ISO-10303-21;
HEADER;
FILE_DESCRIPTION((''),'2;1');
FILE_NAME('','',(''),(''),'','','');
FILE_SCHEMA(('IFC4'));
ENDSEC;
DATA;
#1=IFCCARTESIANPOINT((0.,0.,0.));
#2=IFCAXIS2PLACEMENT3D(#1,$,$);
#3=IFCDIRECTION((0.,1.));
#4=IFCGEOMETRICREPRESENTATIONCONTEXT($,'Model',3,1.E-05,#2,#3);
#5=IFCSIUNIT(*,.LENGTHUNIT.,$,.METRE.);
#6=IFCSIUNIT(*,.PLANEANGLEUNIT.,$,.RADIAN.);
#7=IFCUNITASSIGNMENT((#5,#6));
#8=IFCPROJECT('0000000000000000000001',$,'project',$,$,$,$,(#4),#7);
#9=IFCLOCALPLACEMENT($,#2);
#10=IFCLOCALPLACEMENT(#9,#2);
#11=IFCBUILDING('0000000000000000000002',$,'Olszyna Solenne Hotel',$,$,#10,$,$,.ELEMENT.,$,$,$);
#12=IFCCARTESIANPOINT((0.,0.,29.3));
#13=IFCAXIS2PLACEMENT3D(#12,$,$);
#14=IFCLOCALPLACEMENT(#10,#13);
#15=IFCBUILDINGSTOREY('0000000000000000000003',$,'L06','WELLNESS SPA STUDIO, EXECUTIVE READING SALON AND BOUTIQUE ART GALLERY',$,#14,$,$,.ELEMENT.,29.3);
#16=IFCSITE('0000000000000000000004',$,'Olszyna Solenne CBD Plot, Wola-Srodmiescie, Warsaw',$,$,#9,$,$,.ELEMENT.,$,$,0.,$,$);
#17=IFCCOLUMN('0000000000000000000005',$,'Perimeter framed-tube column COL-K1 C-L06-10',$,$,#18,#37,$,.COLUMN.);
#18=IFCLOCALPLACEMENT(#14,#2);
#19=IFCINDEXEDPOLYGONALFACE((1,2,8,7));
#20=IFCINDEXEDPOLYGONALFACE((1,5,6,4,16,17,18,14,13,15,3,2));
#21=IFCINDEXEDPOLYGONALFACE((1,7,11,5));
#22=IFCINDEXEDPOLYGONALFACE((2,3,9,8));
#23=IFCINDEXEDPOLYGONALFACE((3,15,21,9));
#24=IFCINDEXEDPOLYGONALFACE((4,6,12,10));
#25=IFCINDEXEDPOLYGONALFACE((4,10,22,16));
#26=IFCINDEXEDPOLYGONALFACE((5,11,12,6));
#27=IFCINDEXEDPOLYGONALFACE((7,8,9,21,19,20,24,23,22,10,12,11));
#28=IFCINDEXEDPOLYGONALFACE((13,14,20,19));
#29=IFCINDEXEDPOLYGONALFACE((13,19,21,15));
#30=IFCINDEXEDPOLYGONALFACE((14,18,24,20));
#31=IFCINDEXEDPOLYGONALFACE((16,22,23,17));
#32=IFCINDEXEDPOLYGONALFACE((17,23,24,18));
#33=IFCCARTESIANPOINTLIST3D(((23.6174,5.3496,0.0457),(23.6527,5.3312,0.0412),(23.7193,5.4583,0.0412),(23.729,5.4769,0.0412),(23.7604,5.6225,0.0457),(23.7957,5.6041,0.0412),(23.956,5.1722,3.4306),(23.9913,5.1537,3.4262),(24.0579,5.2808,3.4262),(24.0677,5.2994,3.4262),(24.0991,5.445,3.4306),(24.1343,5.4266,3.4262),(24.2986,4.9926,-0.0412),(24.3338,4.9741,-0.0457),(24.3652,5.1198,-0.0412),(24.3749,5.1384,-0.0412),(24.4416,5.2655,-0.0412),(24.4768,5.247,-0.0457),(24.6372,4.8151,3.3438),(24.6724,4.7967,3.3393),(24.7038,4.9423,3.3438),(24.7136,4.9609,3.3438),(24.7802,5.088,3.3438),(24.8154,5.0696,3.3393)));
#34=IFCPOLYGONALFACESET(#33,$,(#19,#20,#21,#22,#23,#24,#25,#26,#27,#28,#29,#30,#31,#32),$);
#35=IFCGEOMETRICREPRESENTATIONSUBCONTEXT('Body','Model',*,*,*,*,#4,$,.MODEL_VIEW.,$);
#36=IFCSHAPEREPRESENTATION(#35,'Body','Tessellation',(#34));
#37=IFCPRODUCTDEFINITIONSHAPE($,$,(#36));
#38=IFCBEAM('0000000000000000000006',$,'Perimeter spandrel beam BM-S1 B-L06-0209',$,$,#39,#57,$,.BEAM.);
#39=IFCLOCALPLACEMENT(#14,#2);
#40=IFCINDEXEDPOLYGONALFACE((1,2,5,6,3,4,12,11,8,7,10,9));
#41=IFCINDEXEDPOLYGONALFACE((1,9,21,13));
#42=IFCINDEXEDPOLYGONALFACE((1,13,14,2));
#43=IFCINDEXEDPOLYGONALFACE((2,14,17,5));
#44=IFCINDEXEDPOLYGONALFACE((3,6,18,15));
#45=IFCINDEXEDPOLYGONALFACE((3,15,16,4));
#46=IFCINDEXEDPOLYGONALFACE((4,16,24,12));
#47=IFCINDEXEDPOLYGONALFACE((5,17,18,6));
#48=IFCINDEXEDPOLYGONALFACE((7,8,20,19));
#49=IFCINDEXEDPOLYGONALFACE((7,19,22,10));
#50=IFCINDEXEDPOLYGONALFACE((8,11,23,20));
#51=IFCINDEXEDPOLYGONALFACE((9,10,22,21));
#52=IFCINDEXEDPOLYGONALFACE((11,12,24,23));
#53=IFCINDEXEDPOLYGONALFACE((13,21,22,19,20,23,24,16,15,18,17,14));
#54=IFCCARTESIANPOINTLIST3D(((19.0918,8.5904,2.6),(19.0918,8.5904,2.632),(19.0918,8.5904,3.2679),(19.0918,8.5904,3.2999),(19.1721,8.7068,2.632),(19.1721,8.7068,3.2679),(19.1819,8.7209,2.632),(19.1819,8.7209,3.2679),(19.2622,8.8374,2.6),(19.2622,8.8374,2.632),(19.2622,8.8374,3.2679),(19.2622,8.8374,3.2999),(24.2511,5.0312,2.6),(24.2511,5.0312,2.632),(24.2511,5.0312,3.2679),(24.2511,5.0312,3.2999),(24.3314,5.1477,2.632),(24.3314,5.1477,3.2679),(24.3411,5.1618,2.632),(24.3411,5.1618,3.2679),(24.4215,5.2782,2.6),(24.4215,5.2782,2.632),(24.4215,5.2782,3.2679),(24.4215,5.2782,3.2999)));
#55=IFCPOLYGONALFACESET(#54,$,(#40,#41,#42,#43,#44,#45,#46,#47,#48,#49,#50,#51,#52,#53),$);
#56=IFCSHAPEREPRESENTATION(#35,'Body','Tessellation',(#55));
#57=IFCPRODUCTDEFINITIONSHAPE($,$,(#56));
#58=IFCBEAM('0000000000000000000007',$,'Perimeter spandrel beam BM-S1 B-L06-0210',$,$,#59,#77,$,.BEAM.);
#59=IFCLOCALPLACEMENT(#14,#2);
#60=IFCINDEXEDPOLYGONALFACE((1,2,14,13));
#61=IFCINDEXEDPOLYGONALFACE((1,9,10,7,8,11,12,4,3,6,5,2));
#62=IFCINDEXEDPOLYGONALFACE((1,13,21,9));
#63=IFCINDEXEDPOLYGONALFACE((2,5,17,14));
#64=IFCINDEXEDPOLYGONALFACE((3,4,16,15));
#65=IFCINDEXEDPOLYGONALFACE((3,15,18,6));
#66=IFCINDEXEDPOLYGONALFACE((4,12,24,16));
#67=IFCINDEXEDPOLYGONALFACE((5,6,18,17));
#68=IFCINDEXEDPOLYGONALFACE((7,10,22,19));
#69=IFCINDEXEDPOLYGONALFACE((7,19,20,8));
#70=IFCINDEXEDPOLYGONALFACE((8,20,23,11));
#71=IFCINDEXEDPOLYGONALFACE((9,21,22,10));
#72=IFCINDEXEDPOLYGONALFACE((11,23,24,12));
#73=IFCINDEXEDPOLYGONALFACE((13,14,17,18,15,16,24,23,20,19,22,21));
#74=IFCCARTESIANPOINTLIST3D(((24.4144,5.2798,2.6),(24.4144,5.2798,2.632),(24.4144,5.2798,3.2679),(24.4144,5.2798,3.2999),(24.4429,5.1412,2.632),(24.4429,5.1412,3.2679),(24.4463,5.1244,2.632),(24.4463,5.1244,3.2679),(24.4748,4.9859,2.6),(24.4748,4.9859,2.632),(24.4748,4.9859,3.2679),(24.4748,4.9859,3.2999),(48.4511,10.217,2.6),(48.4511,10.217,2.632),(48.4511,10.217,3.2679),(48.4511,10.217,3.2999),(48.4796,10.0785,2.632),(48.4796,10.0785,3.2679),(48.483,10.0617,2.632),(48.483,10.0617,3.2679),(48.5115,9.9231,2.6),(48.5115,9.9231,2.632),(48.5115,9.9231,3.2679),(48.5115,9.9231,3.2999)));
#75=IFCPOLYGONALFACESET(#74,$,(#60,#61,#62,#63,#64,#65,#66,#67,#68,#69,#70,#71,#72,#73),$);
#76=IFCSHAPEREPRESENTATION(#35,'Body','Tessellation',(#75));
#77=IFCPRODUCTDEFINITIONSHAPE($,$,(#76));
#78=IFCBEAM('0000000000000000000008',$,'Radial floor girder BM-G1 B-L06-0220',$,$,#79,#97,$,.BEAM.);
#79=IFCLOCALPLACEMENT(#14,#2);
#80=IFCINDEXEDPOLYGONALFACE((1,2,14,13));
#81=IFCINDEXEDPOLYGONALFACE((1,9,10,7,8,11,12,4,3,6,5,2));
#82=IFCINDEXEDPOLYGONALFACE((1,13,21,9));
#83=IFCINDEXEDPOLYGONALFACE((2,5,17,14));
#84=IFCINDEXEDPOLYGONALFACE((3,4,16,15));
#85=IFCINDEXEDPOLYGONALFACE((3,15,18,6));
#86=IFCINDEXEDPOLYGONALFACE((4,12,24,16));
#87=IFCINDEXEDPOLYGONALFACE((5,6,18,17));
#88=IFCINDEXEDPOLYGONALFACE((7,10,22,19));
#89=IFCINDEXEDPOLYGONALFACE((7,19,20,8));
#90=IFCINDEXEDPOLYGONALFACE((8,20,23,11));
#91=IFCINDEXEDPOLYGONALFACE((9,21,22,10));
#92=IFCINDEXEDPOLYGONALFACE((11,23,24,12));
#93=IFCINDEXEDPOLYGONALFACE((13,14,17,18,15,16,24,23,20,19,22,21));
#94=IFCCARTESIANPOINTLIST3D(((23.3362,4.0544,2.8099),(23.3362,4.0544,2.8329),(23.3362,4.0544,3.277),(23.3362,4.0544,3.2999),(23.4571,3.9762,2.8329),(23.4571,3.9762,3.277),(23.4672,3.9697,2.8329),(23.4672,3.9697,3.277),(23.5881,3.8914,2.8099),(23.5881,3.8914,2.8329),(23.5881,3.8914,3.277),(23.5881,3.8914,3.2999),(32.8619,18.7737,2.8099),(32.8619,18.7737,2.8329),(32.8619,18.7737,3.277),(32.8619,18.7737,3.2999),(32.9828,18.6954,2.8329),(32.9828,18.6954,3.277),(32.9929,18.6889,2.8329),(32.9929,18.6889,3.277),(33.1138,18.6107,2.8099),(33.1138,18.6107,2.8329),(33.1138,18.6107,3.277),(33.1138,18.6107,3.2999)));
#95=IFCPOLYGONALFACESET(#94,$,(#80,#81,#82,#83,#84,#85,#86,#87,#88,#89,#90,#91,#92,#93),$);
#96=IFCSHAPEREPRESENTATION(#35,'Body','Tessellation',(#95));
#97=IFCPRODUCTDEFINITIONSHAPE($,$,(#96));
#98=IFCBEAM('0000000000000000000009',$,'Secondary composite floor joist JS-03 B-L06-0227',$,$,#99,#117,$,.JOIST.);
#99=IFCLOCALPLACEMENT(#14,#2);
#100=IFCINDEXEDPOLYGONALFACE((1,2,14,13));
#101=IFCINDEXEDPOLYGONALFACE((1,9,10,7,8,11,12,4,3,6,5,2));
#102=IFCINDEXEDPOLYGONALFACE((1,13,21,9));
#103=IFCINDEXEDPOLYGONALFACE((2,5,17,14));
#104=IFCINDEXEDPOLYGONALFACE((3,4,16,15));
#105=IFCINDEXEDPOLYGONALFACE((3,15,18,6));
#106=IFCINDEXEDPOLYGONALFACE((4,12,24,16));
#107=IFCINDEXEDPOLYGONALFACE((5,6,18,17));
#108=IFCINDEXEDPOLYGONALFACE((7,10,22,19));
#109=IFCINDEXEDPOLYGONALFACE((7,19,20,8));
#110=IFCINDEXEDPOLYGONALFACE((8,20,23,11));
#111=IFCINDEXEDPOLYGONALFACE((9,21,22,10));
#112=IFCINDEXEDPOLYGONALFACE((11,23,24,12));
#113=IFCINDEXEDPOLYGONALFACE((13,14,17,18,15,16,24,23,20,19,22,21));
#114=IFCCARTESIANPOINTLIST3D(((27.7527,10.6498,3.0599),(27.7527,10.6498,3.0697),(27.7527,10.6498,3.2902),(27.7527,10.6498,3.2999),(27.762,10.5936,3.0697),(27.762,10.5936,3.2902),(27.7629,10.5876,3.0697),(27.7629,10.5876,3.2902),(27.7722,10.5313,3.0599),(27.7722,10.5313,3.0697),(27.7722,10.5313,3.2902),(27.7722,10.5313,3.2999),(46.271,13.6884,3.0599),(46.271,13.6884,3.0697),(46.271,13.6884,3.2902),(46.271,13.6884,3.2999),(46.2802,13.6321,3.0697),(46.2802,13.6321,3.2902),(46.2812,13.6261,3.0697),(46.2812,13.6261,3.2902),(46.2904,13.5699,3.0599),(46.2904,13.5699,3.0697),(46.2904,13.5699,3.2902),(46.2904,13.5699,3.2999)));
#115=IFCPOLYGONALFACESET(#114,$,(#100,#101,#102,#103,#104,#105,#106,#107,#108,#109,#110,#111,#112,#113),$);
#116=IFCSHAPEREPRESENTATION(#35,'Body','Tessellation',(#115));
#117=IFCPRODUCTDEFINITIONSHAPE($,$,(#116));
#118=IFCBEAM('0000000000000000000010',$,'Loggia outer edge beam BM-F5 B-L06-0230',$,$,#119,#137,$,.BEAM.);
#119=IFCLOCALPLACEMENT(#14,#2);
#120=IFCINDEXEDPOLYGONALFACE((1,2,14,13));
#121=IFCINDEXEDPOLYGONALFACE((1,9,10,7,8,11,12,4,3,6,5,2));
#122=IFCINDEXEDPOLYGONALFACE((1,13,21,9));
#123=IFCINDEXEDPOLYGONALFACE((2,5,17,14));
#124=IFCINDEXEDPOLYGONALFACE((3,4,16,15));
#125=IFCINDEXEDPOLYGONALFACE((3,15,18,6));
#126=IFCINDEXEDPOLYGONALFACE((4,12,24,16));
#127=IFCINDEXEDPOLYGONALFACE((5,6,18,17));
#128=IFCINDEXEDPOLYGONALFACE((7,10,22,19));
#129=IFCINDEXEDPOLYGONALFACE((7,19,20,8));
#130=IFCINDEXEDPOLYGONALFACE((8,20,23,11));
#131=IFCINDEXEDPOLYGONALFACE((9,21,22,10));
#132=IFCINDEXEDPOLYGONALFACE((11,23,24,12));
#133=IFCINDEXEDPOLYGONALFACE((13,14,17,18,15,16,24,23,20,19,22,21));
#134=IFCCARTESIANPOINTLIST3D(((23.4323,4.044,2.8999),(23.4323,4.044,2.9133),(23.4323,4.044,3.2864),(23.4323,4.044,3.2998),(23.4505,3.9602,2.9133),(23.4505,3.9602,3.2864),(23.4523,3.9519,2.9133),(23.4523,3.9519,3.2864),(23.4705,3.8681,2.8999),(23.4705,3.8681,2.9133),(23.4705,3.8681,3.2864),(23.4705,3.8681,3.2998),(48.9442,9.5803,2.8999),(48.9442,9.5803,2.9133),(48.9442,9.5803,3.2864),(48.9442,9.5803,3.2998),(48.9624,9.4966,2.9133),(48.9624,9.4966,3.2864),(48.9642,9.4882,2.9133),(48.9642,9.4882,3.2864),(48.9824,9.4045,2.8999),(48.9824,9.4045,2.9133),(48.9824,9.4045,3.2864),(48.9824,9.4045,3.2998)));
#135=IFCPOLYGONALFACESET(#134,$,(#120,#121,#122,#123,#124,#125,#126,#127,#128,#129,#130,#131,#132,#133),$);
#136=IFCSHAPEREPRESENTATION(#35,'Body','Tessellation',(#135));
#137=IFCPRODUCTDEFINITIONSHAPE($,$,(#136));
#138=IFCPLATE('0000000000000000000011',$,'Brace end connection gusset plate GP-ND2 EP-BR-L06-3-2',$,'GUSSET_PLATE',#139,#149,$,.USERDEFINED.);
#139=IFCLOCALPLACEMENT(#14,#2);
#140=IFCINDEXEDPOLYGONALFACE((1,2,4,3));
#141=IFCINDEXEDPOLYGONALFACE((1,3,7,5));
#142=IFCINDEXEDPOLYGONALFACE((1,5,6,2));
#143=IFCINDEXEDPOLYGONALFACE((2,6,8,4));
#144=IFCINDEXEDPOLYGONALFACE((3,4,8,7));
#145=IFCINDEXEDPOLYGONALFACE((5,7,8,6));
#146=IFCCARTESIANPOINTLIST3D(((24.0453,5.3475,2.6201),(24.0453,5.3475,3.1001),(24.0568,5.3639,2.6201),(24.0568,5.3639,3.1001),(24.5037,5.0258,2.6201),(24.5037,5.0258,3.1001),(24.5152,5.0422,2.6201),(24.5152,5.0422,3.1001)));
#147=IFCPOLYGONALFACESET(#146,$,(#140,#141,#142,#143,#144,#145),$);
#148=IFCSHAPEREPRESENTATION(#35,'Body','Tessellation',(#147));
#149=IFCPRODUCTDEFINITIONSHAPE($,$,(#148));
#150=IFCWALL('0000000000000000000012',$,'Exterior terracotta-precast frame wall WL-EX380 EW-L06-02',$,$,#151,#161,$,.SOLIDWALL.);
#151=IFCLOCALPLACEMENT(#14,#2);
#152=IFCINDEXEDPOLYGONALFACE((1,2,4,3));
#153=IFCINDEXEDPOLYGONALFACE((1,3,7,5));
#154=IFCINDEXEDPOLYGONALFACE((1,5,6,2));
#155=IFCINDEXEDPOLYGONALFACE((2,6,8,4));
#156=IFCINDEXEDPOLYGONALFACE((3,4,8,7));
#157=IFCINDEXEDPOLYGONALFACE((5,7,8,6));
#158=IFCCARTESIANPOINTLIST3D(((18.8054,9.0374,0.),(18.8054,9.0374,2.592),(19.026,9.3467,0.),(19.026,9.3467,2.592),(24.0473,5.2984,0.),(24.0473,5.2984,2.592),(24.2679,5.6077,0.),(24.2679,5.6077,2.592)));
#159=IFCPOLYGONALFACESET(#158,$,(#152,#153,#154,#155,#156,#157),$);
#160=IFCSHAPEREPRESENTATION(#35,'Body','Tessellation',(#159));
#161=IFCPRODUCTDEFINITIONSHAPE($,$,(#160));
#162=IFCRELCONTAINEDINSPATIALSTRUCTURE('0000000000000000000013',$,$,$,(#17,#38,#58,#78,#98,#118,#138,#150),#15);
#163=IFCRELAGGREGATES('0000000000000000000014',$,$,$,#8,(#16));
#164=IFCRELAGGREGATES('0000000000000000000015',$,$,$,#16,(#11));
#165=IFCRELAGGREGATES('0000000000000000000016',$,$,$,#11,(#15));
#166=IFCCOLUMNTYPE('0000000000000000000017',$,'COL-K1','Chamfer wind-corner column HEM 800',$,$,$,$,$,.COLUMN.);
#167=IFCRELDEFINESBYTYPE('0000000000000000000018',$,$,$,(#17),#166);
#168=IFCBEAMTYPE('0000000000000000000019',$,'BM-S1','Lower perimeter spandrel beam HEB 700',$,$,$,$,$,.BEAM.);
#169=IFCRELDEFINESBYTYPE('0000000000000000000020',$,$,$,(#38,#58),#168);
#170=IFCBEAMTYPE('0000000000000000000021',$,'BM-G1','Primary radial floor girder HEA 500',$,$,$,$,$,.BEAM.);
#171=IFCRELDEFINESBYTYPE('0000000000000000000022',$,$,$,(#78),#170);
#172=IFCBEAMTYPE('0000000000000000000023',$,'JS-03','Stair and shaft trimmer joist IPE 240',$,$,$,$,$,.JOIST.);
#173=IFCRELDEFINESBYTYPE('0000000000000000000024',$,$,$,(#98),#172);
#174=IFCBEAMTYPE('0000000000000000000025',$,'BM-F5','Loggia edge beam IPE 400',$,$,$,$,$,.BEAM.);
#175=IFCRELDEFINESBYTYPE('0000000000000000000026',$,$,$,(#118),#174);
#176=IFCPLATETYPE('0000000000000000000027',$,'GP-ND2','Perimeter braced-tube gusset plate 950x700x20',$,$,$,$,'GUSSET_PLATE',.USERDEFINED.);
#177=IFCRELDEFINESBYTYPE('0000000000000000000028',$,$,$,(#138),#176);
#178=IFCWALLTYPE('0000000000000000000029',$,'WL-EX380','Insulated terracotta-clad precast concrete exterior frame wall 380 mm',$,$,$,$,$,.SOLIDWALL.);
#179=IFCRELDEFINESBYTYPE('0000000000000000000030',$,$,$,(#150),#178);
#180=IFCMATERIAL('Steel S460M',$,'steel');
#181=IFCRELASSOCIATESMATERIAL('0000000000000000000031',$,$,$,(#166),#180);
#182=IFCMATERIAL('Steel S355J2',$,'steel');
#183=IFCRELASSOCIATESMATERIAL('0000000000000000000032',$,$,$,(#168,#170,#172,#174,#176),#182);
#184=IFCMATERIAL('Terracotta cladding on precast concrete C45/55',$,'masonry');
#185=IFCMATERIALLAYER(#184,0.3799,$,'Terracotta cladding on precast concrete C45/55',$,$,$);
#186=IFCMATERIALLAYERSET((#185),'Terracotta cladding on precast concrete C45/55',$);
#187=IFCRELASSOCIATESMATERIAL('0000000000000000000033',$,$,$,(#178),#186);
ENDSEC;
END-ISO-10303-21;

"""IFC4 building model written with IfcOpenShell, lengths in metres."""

from ifc_helpers import new_model, si_unit, direction, frame, frame_2d, origin, origin_2d, place, context, subcontext, project, spatial, rectangle, i_section, extrude, source, transform, mapped, material, layer, layer_set, material_profile, profile_set, type_object, element, save


model = new_model("IFC4")

# Units and contexts
model_context = context("Model", 3, precision=1e-05, world=origin(), true_north=direction((0.0, 1.0)))
body_context = subcontext(model_context, "Body", "Model", "MODEL_VIEW")
ifc_project = project(units=[si_unit("LENGTHUNIT", "METRE"), si_unit("PLANEANGLEUNIT", "RADIAN")], contexts=[model_context])

# Site, building, storey
site_placement = place(None, origin())
site = spatial("IfcSite", under=ifc_project, at=site_placement, Name="Olszyna Solenne CBD Plot, Wola-Srodmiescie, Warsaw", CompositionType="ELEMENT", RefElevation=0.0)
building_placement = place(site_placement, origin())
building = spatial("IfcBuilding", under=site, at=building_placement, Name="Olszyna Solenne Hotel", CompositionType="ELEMENT")
storey_placement = place(building_placement, frame((0.0, 0.0, 29.3)))
storey = spatial("IfcBuildingStorey", under=building, at=storey_placement, Name="L06", Description="WELLNESS SPA STUDIO, EXECUTIVE READING SALON AND BOUTIQUE ART GALLERY", CompositionType="ELEMENT", Elevation=29.3)

# Column
ifc_material_1 = material(Name="Steel S460M", Category="steel")
ifc_material_profile_1 = material_profile(ifc_material_1, i_section(OverallWidth=0.3081, OverallDepth=0.814, WebThickness=0.021, FlangeThickness=0.04, at=origin_2d()), Name="HEM 800", Category="load-bearing")
ifc_profile_set_1 = profile_set([ifc_material_profile_1], Name="Steel S460M")
column_type = type_object("IfcColumnType", Name="COL-K1", Description="Chamfer wind-corner column HEM 800", PredefinedType="COLUMN", material=ifc_profile_set_1)
shared_shape_1 = source(origin(), body_context, "Body", "SweptSolid", [
    extrude(i_section(OverallWidth=0.3081, OverallDepth=0.814, WebThickness=0.021, FlangeThickness=0.04, at=origin_2d()), origin(), (0.0, 0.0, 1.0), 3.4065),
])
column_placement = place(storey_placement, frame((24.0471, 5.2983, 0.0), z_axis=(0.099404, -0.052103, 0.993682), x_axis=(0.464246, 0.885707, 0.0)))
element("IfcColumn", 1, at=column_placement, inside=storey, type_object=column_type, Name="Perimeter framed-tube column COL-K1 C-L06-10", PredefinedType="COLUMN", context=body_context, shape_type="MappedRepresentation", body=[
    mapped(shared_shape_1, transform((0.0, 0.0, 0.0), x_axis=(1.0, 0.0, 0.0), y_axis=(0.0, 1.0, 0.0), z_axis=(0.0, 0.0, 1.0), scale=1.0)),
])

# Beams
ifc_material_2 = material(Name="Steel S355J2", Category="steel")
ifc_material_profile_2 = material_profile(ifc_material_2, i_section(OverallWidth=0.3, OverallDepth=0.7, WebThickness=0.0171, FlangeThickness=0.032, at=origin_2d()), Name="HEB 700", Category="load-bearing")
ifc_profile_set_2 = profile_set([ifc_material_profile_2], Name="Steel S355J2")
beam_type_1 = type_object("IfcBeamType", Name="BM-S1", Description="Lower perimeter spandrel beam HEB 700", PredefinedType="BEAM", material=ifc_profile_set_2)
shared_shape_2 = source(origin(), body_context, "Body", "SweptSolid", [
    extrude(i_section(OverallWidth=0.3, OverallDepth=0.7, WebThickness=0.0171, FlangeThickness=0.032, at=origin_2d()), origin(), (0.0, 0.0, 1.0), 6.2678),
])
beam_1_placement = place(storey_placement, frame((19.177, 8.7139, 2.95), z_axis=(0.823136, -0.567844, 0.0), x_axis=(0.567844, 0.823136, 0.0)))
element("IfcBeam", 2, at=beam_1_placement, inside=storey, type_object=beam_type_1, Name="Perimeter spandrel beam BM-S1 B-L06-0209", PredefinedType="BEAM", context=body_context, shape_type="MappedRepresentation", body=[
    mapped(shared_shape_2, transform((0.0, 0.0, 0.0), x_axis=(1.0, 0.0, 0.0), y_axis=(0.0, 1.0, 0.0), z_axis=(0.0, 0.0, 1.0), scale=1.0)),
])
shared_shape_3 = source(origin(), body_context, "Body", "SweptSolid", [
    extrude(i_section(OverallWidth=0.3, OverallDepth=0.7, WebThickness=0.0171, FlangeThickness=0.032, at=origin_2d()), origin(), (0.0, 0.0, 1.0), 24.5386),
])
beam_2_placement = place(storey_placement, frame((24.4446, 5.1328, 2.95), z_axis=(0.979549, 0.201205, 0.0), x_axis=(-0.201205, 0.979549, 0.0)))
element("IfcBeam", 3, at=beam_2_placement, inside=storey, type_object=beam_type_1, Name="Perimeter spandrel beam BM-S1 B-L06-0210", PredefinedType="BEAM", context=body_context, shape_type="MappedRepresentation", body=[
    mapped(shared_shape_3, transform((0.0, 0.0, 0.0), x_axis=(1.0, 0.0, 0.0), y_axis=(0.0, 1.0, 0.0), z_axis=(0.0, 0.0, 1.0), scale=1.0)),
])
ifc_material_profile_3 = material_profile(ifc_material_2, i_section(OverallWidth=0.3, OverallDepth=0.49, WebThickness=0.012, FlangeThickness=0.0229, at=origin_2d()), Name="HEA 500", Category="load-bearing")
ifc_profile_set_3 = profile_set([ifc_material_profile_3], Name="Steel S355J2")
beam_type_2 = type_object("IfcBeamType", Name="BM-G1", Description="Primary radial floor girder HEA 500", PredefinedType="BEAM", material=ifc_profile_set_3)
shared_shape_4 = source(origin(), body_context, "Body", "SweptSolid", [
    extrude(i_section(OverallWidth=0.3, OverallDepth=0.49, WebThickness=0.012, FlangeThickness=0.0229, at=origin_2d()), origin(), (0.0, 0.0, 1.0), 17.5327),
])
beam_3_placement = place(storey_placement, frame((23.4622, 3.9729, 3.0549), z_axis=(0.543308, 0.839533, 0.0), x_axis=(-0.839533, 0.543308, 0.0)))
element("IfcBeam", 4, at=beam_3_placement, inside=storey, type_object=beam_type_2, Name="Radial floor girder BM-G1 B-L06-0220", PredefinedType="BEAM", context=body_context, shape_type="MappedRepresentation", body=[
    mapped(shared_shape_4, transform((0.0, 0.0, 0.0), x_axis=(1.0, 0.0, 0.0), y_axis=(0.0, 1.0, 0.0), z_axis=(0.0, 0.0, 1.0), scale=1.0)),
])
ifc_material_profile_4 = material_profile(ifc_material_2, i_section(OverallWidth=0.1201, OverallDepth=0.24, WebThickness=0.0061, FlangeThickness=0.0098, at=origin_2d()), Name="IPE 240", Category="load-bearing")
ifc_profile_set_4 = profile_set([ifc_material_profile_4], Name="Steel S355J2")
beam_type_3 = type_object("IfcBeamType", Name="JS-03", Description="Stair and shaft trimmer joist IPE 240", PredefinedType="JOIST", material=ifc_profile_set_4)
shared_shape_5 = source(origin(), body_context, "Body", "SweptSolid", [
    extrude(i_section(OverallWidth=0.1201, OverallDepth=0.24, WebThickness=0.0061, FlangeThickness=0.0098, at=origin_2d()), origin(), (0.0, 0.0, 1.0), 18.7659),
])
beam_4_placement = place(storey_placement, frame((27.7625, 10.5906, 3.1799), z_axis=(0.986804, 0.16192, 0.0), x_axis=(-0.16192, 0.986804, 0.0)))
element("IfcBeam", 5, at=beam_4_placement, inside=storey, type_object=beam_type_3, Name="Secondary composite floor joist JS-03 B-L06-0227", PredefinedType="JOIST", context=body_context, shape_type="MappedRepresentation", body=[
    mapped(shared_shape_5, transform((0.0, 0.0, 0.0), x_axis=(1.0, 0.0, 0.0), y_axis=(0.0, 1.0, 0.0), z_axis=(0.0, 0.0, 1.0), scale=1.0)),
])
ifc_material_profile_5 = material_profile(ifc_material_2, i_section(OverallWidth=0.1799, OverallDepth=0.3999, WebThickness=0.0085, FlangeThickness=0.0134, at=origin_2d()), Name="IPE 400", Category="load-bearing")
ifc_profile_set_5 = profile_set([ifc_material_profile_5], Name="Steel S355J2")
beam_type_4 = type_object("IfcBeamType", Name="BM-F5", Description="Loggia edge beam IPE 400", PredefinedType="BEAM", material=ifc_profile_set_5)
shared_shape_6 = source(origin(), body_context, "Body", "SweptSolid", [
    extrude(i_section(OverallWidth=0.1799, OverallDepth=0.3999, WebThickness=0.0085, FlangeThickness=0.0134, at=origin_2d()), origin(), (0.0, 0.0, 1.0), 26.1057),
])
beam_5_placement = place(storey_placement, frame((23.4514, 3.9561, 3.0999), z_axis=(0.977253, 0.212075, 0.0), x_axis=(-0.212075, 0.977253, 0.0)))
element("IfcBeam", 6, at=beam_5_placement, inside=storey, type_object=beam_type_4, Name="Loggia outer edge beam BM-F5 B-L06-0230", PredefinedType="BEAM", context=body_context, shape_type="MappedRepresentation", body=[
    mapped(shared_shape_6, transform((0.0, 0.0, 0.0), x_axis=(1.0, 0.0, 0.0), y_axis=(0.0, 1.0, 0.0), z_axis=(0.0, 0.0, 1.0), scale=1.0)),
])

# Plate
plate_type = type_object("IfcPlateType", Name="GP-ND2", Description="Perimeter braced-tube gusset plate 950x700x20", ElementType="GUSSET_PLATE", PredefinedType="USERDEFINED", material=ifc_material_2)
shared_shape_7 = source(origin(), body_context, "Body", "SweptSolid", [
    extrude(rectangle(XDim=0.5601, YDim=0.02, at=origin_2d()), origin(), (0.0, 0.0, 1.0), 0.48),
])
plate_placement = place(storey_placement, frame((24.2803, 5.1948, 2.6201), z_axis=(0.0, 0.0, 1.0), x_axis=(0.818551, -0.574434, 0.0)))
element("IfcPlate", 7, at=plate_placement, inside=storey, type_object=plate_type, Name="Brace end connection gusset plate GP-ND2 EP-BR-L06-3-2", ObjectType="GUSSET_PLATE", PredefinedType="USERDEFINED", context=body_context, shape_type="MappedRepresentation", body=[
    mapped(shared_shape_7, transform((0.0, 0.0, 0.0), x_axis=(1.0, 0.0, 0.0), y_axis=(0.0, 1.0, 0.0), z_axis=(0.0, 0.0, 1.0), scale=1.0)),
])

# Wall
ifc_material_3 = material(Name="Terracotta cladding on precast concrete C45/55", Category="masonry")
ifc_layer_1 = layer(ifc_material_3, 0.3799, Name="Terracotta cladding on precast concrete C45/55")
ifc_layer_set_1 = layer_set([ifc_layer_1], Name="Terracotta cladding on precast concrete C45/55")
wall_type_1 = type_object("IfcWallType", Name="WL-EX380", Description="Insulated terracotta-clad precast concrete exterior frame wall 380 mm", PredefinedType="SOLIDWALL", material=ifc_layer_set_1)
wall_1_placement = place(storey_placement, frame((24.1575, 5.4531, 0.0), z_axis=(0.0, 0.0, 1.0), x_axis=(-0.814118, 0.5807, 0.0)))
element("IfcWall", 8, at=wall_1_placement, inside=storey, type_object=wall_type_1, Name="Exterior terracotta-precast frame wall WL-EX380 EW-L06-02", PredefinedType="SOLIDWALL", context=body_context, shape_type="SweptSolid", body=[
    extrude(rectangle(XDim=6.4387, YDim=0.3799, at=frame_2d((3.2192, 0.0))), origin(), (0.0, 0.0, 1.0), 2.592),
])

save(model, "model.ifc")
